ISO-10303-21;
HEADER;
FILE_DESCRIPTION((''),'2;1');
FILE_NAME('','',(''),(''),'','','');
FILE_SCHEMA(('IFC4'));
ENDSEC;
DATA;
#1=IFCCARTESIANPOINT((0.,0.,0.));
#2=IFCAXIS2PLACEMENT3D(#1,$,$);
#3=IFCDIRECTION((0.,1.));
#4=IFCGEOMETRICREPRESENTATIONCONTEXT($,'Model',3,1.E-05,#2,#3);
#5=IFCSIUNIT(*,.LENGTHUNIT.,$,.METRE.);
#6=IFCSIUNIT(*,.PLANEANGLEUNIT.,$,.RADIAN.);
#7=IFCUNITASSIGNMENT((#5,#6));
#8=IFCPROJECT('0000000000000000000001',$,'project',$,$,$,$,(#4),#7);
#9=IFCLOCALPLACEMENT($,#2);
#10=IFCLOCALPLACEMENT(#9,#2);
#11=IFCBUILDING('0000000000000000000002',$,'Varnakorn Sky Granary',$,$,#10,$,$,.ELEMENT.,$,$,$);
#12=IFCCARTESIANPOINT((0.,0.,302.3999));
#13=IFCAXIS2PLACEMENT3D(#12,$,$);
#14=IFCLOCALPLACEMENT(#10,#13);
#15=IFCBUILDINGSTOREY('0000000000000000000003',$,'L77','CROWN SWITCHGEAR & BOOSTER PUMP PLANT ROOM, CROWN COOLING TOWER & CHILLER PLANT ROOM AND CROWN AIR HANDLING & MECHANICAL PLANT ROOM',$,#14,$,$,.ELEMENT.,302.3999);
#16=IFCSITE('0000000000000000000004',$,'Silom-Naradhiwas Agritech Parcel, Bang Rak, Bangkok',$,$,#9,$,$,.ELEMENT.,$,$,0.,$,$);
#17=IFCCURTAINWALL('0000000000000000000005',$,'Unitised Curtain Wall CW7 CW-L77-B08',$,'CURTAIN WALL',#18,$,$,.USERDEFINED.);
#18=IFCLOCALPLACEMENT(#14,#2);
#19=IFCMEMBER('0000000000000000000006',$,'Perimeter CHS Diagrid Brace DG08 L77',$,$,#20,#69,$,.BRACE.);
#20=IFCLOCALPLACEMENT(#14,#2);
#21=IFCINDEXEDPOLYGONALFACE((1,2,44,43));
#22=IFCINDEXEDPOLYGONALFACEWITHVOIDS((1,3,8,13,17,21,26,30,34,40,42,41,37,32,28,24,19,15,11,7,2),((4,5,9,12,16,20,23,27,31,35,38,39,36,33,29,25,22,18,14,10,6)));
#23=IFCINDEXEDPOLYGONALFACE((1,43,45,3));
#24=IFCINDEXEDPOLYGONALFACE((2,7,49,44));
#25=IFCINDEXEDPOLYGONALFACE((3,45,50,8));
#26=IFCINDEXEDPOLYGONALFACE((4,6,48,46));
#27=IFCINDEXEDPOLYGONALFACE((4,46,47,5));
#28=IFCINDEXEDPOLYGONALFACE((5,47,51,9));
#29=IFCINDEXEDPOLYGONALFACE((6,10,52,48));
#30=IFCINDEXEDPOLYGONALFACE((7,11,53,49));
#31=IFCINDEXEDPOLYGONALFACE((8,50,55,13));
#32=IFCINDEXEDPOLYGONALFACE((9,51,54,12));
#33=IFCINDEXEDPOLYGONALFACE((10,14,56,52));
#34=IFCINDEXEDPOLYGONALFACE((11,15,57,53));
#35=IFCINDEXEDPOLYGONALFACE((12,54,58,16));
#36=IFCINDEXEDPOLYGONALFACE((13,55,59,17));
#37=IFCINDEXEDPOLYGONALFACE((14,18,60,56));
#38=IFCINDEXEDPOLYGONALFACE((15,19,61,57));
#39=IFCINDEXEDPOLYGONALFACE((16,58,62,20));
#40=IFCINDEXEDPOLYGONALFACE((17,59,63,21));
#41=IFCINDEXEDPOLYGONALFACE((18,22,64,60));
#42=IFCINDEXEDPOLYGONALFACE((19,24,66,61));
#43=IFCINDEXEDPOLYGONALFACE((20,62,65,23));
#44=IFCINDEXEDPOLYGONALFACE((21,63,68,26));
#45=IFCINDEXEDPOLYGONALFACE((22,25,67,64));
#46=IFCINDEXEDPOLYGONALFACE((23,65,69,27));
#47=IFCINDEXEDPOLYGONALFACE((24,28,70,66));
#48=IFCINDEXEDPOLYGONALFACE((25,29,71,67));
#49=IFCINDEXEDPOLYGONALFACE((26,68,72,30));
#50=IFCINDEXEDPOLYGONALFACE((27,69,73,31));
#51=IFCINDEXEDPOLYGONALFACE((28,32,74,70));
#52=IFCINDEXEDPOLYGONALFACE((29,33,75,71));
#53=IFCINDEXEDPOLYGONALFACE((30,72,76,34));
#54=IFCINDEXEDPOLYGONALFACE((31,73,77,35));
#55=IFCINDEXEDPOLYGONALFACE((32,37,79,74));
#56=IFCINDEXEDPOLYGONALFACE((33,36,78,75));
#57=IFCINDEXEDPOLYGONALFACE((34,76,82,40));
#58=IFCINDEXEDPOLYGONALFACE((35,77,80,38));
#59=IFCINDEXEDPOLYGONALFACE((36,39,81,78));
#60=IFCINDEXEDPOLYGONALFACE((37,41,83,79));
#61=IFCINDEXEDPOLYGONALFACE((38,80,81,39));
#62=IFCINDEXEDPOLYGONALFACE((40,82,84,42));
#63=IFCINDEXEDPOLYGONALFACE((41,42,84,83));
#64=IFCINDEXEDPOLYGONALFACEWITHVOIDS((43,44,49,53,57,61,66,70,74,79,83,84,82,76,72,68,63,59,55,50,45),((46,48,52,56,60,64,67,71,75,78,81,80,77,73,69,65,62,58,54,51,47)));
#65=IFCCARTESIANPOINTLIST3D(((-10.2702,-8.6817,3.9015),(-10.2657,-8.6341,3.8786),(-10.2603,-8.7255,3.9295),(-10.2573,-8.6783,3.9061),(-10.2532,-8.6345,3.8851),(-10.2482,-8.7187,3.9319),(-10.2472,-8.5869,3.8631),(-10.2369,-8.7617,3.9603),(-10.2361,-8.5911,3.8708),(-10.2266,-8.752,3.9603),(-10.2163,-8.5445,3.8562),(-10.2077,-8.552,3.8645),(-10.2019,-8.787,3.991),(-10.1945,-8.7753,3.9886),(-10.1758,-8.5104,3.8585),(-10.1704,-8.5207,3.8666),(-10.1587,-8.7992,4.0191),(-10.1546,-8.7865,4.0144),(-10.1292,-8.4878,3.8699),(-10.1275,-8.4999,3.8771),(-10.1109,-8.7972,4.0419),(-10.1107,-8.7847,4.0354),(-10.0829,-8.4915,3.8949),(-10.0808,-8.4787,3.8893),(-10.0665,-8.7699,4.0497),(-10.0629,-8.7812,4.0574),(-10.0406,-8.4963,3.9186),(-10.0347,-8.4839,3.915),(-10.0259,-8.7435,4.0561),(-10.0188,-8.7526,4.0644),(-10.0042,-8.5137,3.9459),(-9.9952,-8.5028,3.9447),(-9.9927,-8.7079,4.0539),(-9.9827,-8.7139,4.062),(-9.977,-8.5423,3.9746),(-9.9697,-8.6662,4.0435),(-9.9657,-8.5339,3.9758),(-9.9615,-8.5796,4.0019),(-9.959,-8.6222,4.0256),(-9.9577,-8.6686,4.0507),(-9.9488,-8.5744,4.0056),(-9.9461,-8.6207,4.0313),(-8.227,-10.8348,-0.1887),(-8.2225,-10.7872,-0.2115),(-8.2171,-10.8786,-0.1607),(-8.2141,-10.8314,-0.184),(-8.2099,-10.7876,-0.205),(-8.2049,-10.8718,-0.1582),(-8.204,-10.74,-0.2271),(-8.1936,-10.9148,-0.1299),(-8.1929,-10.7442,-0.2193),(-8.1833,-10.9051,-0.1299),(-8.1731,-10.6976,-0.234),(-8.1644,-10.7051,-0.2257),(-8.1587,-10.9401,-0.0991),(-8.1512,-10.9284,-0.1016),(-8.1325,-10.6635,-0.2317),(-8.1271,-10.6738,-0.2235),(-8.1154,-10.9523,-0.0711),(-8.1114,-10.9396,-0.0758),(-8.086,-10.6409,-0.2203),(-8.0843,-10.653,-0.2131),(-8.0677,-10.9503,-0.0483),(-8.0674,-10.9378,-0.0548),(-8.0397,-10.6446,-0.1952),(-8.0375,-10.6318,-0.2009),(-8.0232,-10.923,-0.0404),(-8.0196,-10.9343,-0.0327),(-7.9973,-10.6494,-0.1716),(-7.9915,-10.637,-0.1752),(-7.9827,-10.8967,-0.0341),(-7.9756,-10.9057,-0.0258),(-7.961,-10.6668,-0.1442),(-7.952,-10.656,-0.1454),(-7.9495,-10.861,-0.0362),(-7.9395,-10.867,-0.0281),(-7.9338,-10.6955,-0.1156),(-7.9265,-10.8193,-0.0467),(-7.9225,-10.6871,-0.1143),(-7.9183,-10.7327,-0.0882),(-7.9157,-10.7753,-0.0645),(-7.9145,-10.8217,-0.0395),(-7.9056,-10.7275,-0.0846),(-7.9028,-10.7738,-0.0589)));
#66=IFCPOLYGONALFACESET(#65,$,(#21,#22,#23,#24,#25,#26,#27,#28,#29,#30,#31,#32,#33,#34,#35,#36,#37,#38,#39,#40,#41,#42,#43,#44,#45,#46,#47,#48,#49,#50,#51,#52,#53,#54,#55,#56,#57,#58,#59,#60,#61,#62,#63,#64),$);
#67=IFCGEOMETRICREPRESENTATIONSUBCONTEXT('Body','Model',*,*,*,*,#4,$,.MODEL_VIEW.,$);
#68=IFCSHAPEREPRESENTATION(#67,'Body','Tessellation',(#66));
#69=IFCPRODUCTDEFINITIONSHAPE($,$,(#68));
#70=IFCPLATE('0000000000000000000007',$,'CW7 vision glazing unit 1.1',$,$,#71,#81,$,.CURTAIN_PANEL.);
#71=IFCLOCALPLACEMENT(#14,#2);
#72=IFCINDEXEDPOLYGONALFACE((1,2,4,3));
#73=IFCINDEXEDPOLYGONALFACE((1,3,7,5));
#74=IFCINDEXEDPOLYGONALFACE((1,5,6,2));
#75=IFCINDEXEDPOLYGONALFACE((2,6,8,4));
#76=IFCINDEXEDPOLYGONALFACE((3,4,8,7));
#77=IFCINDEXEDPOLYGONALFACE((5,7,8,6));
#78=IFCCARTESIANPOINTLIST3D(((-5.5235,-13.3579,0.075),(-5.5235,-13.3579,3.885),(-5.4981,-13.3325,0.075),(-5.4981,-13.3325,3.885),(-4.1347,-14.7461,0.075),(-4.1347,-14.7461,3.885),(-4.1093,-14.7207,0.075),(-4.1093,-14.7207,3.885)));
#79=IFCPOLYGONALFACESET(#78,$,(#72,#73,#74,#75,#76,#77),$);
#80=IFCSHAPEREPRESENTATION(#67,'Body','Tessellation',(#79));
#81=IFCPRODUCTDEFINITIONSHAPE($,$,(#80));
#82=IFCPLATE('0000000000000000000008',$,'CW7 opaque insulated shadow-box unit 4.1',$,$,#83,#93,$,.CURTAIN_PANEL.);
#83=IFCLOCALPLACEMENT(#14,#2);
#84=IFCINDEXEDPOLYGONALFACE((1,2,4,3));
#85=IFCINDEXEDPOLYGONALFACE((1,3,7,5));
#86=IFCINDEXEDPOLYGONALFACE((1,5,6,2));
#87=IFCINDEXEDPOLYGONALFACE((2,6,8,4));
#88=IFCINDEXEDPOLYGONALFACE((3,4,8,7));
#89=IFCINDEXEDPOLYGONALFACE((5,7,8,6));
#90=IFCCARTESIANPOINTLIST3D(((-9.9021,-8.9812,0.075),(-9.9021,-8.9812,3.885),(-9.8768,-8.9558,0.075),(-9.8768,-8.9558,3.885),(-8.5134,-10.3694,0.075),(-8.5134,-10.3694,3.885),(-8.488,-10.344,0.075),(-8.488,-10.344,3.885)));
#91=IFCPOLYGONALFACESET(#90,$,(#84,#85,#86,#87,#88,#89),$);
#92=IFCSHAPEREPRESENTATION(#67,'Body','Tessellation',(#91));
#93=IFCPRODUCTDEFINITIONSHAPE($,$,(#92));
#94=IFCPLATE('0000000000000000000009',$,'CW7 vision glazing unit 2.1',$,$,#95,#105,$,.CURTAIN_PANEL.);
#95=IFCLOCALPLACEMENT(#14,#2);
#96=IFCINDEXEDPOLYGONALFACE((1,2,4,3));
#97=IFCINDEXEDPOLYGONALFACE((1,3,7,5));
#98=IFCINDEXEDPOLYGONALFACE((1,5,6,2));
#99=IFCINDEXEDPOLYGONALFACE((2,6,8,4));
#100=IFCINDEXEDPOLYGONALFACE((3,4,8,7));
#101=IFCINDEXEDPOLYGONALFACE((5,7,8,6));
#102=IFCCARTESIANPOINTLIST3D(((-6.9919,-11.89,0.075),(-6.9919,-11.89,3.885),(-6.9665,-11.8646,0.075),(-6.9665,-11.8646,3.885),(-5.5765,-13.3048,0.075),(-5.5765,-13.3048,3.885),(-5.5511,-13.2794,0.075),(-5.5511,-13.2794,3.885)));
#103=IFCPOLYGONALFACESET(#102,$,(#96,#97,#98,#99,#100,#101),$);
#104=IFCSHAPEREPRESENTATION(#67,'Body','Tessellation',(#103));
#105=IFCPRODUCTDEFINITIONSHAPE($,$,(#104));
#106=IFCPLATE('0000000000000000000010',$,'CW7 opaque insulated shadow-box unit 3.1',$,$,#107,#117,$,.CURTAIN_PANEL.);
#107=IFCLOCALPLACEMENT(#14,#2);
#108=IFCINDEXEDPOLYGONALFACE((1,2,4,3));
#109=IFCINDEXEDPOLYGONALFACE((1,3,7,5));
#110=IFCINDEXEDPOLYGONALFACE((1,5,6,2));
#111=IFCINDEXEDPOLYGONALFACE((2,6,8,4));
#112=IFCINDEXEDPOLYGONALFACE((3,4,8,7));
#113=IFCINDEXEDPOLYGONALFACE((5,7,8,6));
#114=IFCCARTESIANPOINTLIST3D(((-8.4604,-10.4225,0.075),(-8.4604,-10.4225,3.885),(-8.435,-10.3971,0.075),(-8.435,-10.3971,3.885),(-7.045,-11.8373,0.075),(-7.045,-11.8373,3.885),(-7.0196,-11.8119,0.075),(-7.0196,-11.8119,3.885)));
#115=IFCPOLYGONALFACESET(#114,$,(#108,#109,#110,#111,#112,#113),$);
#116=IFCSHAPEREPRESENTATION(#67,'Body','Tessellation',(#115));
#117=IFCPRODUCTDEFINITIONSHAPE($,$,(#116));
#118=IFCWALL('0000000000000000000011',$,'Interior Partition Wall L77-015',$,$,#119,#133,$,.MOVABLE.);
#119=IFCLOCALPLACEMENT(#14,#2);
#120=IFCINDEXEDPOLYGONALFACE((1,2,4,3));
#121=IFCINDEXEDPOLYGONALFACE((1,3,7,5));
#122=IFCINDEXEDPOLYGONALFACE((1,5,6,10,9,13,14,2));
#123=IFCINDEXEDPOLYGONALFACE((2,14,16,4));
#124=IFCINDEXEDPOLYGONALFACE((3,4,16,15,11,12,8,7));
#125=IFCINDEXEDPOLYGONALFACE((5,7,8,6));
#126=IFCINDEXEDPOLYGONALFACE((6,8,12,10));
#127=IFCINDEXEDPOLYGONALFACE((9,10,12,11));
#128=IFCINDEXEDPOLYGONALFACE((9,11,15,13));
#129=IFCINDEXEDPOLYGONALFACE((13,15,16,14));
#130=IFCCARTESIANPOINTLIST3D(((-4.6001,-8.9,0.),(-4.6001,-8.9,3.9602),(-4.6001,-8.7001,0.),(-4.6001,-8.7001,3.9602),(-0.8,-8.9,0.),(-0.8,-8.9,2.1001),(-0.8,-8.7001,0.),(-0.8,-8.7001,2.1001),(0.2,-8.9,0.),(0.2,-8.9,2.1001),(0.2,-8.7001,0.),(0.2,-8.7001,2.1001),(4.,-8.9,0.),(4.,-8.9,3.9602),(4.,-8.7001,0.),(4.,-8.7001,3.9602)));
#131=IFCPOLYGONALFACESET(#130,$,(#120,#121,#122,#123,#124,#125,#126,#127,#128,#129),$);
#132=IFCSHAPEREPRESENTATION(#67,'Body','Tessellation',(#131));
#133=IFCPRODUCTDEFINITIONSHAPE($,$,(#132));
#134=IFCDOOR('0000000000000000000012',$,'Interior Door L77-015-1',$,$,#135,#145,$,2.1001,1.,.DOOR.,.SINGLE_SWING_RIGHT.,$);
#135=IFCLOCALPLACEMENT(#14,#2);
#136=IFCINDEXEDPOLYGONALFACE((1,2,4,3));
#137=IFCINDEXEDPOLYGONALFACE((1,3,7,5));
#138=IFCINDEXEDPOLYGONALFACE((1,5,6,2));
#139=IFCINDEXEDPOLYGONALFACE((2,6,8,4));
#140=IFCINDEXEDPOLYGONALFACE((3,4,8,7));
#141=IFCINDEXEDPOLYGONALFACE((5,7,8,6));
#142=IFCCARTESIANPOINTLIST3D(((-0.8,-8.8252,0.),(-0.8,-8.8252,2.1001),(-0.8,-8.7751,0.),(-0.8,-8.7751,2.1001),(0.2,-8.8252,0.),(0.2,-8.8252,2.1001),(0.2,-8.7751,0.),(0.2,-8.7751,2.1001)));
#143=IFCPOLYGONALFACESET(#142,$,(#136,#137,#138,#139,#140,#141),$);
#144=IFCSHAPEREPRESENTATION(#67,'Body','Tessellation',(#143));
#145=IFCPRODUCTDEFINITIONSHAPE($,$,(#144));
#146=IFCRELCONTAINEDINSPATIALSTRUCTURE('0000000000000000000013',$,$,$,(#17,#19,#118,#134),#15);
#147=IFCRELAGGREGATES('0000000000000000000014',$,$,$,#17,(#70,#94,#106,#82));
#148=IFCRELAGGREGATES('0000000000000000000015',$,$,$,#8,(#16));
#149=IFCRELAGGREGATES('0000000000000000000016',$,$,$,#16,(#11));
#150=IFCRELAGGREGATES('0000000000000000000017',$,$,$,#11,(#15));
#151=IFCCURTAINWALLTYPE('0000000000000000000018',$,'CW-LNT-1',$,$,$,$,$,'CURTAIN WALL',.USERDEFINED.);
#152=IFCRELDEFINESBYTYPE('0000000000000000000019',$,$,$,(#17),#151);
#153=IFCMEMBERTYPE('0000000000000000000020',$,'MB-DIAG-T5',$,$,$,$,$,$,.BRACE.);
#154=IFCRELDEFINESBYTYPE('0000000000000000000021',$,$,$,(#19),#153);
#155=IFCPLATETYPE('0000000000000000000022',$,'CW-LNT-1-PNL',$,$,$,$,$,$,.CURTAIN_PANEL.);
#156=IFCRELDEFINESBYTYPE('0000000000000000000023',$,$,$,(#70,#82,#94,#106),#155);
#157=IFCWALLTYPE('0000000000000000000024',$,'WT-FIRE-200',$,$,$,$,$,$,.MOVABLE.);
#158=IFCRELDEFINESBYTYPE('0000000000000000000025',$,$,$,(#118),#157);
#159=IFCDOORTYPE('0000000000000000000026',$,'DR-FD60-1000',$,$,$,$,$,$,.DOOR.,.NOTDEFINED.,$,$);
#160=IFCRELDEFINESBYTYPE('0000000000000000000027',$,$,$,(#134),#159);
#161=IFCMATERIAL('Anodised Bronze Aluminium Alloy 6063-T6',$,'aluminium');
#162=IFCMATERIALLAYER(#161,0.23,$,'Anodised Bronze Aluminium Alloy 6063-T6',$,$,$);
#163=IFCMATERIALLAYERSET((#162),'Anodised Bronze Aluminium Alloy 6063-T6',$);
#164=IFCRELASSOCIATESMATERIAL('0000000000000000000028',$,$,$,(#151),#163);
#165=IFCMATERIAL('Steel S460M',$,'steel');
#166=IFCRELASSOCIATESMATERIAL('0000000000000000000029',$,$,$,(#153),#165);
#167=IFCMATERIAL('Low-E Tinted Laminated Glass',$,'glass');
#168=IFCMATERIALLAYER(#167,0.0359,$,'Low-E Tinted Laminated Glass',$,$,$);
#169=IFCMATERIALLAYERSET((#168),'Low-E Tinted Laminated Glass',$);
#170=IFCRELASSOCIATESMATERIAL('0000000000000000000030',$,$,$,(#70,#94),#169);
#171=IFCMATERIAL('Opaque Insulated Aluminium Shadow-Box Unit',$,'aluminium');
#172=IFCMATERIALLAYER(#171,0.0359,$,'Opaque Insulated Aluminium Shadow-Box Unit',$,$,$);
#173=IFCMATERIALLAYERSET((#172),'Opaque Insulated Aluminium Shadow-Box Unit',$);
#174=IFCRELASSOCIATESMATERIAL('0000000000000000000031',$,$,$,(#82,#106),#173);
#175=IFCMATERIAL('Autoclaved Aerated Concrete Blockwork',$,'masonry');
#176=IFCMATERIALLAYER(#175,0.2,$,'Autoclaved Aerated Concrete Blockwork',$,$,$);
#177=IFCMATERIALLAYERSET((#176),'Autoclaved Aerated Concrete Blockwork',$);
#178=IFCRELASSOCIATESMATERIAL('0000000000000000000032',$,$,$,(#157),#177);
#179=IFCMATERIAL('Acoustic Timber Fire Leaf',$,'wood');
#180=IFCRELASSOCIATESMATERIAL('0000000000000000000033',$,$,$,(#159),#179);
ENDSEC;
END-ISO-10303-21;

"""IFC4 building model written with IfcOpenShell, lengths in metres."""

from ifc_helpers import new_model, si_unit, direction, frame, frame_2d, origin, origin_2d, place, context, subcontext, project, spatial, rectangle, hollow_circle, extrude, source, transform, mapped, material, layer, layer_set, material_profile, profile_set, type_object, type_shapes, element, fill, aggregate, save


model = new_model("IFC4")

# Units and contexts
model_context = context("Model", 3, precision=1e-05, world=origin(), true_north=direction((0.0, 1.0)))
body_context = subcontext(model_context, "Body", "Model", "MODEL_VIEW")
ifc_project = project(units=[si_unit("LENGTHUNIT", "METRE"), si_unit("PLANEANGLEUNIT", "RADIAN")], contexts=[model_context])

# Site, building, storey
site_placement = place(None, origin())
site = spatial("IfcSite", under=ifc_project, at=site_placement, Name="Silom-Naradhiwas Agritech Parcel, Bang Rak, Bangkok", CompositionType="ELEMENT", RefElevation=0.0)
building_placement = place(site_placement, origin())
building = spatial("IfcBuilding", under=site, at=building_placement, Name="Varnakorn Sky Granary", CompositionType="ELEMENT")
storey_placement = place(building_placement, frame((0.0, 0.0, 302.3999)))
storey = spatial("IfcBuildingStorey", under=building, at=storey_placement, Name="L77", Description="CROWN SWITCHGEAR & BOOSTER PUMP PLANT ROOM, CROWN COOLING TOWER & CHILLER PLANT ROOM AND CROWN AIR HANDLING & MECHANICAL PLANT ROOM", CompositionType="ELEMENT", Elevation=302.3999)

# Shared definitions
ifc_material_1 = material(Name="Steel S460M", Category="steel")

# Shared definitions
ifc_material_2 = material(Name="Anodised Bronze Aluminium Alloy 6063-T6", Category="aluminium")
ifc_layer_1 = layer(ifc_material_2, 0.23, Name="Anodised Bronze Aluminium Alloy 6063-T6")
ifc_layer_set_1 = layer_set([ifc_layer_1], Name="Anodised Bronze Aluminium Alloy 6063-T6")
curtain_wall_type = type_object("IfcCurtainWallType", Name="CW-LNT-1", ElementType="CURTAIN WALL", PredefinedType="USERDEFINED", material=ifc_layer_set_1)

# Curtain wall
curtain_wall_1_placement = place(storey_placement, origin())
curtain_wall_1 = element("IfcCurtainWall", 1, at=curtain_wall_1_placement, inside=storey, type_object=curtain_wall_type, Name="Unitised Curtain Wall CW7 CW-L77-B08", ObjectType="CURTAIN WALL", PredefinedType="USERDEFINED")

# Member
ifc_material_profile_1 = material_profile(ifc_material_1, hollow_circle(Radius=0.1777, WallThickness=0.0142, at=origin_2d()), Name="CHS 355.6x14")
ifc_profile_set_1 = profile_set([ifc_material_profile_1], Name="Steel S460M")
member_type_1 = type_object("IfcMemberType", Name="MB-DIAG-T5", PredefinedType="BRACE", material=ifc_profile_set_1)
member_1_placement = place(storey_placement, frame((-8.0647, -10.7925, -0.1299), z_axis=(-0.404305, 0.426045, 0.809335), x_axis=(-0.725371, -0.688358, 0.0)))
element("IfcMember", 2, at=member_1_placement, inside=storey, type_object=member_type_1, Name="Perimeter CHS Diagrid Brace DG08 L77", PredefinedType="BRACE", context=body_context, shape_type="SweptSolid", body=[
    extrude(hollow_circle(Radius=0.1777, WallThickness=0.0142, at=origin_2d()), origin(), (0.0, 0.0, 1.0), 5.0537),
])

# Plates
ifc_material_3 = material(Name="Low-E Tinted Laminated Glass", Category="glass")
ifc_layer_2 = layer(ifc_material_3, 0.0359, Name="Low-E Tinted Laminated Glass")
ifc_layer_set_2 = layer_set([ifc_layer_2], Name="Low-E Tinted Laminated Glass")
plate_type = type_object("IfcPlateType", Name="CW-LNT-1-PNL", PredefinedType="CURTAIN_PANEL")
shared_shape_1 = source(origin(), body_context, "Body", "SweptSolid", [
    extrude(rectangle(XDim=1.9636, YDim=0.0359, at=origin_2d()), origin(), (0.0, 0.0, 1.0), 3.8101),
])
plate_1_placement = place(storey_placement, frame((-4.8164, -14.0393, 0.075), z_axis=(0.0, 0.0, 1.0), x_axis=(-0.707251, 0.706962, 0.0)))
plate_1 = element("IfcPlate", 3, at=plate_1_placement, type_object=plate_type, material=ifc_layer_set_2, Name="CW7 vision glazing unit 1.1", PredefinedType="CURTAIN_PANEL", context=body_context, shape_type="MappedRepresentation", body=[
    mapped(shared_shape_1, transform((0.0, 0.0, 0.0), x_axis=(1.0, 0.0, 0.0), y_axis=(0.0, 1.0, 0.0), z_axis=(0.0, 0.0, 1.0), scale=1.0)),
])
ifc_material_4 = material(Name="Opaque Insulated Aluminium Shadow-Box Unit", Category="aluminium")
ifc_layer_3 = layer(ifc_material_4, 0.0359, Name="Opaque Insulated Aluminium Shadow-Box Unit")
ifc_layer_set_3 = layer_set([ifc_layer_3], Name="Opaque Insulated Aluminium Shadow-Box Unit")
plate_2_placement = place(storey_placement, frame((-9.1951, -9.6626, 0.075), z_axis=(0.0, 0.0, 1.0), x_axis=(-0.707251, 0.706962, 0.0)))
plate_2 = element("IfcPlate", 4, at=plate_2_placement, type_object=plate_type, material=ifc_layer_set_3, Name="CW7 opaque insulated shadow-box unit 4.1", PredefinedType="CURTAIN_PANEL", context=body_context, shape_type="MappedRepresentation", body=[
    mapped(shared_shape_1, transform((0.0, 0.0, 0.0), x_axis=(1.0, 0.0, 0.0), y_axis=(0.0, 1.0, 0.0), z_axis=(0.0, 0.0, 1.0), scale=1.0)),
])
shared_shape_2 = source(origin(), body_context, "Body", "SweptSolid", [
    extrude(rectangle(XDim=2.0012, YDim=0.0359, at=origin_2d()), origin(), (0.0, 0.0, 1.0), 3.8101),
])
type_shapes(plate_type, [shared_shape_1, shared_shape_2])
plate_3_placement = place(storey_placement, frame((-6.2715, -12.5847, 0.075), z_axis=(0.0, 0.0, 1.0), x_axis=(-0.707251, 0.706962, 0.0)))
plate_3 = element("IfcPlate", 5, at=plate_3_placement, type_object=plate_type, material=ifc_layer_set_2, Name="CW7 vision glazing unit 2.1", PredefinedType="CURTAIN_PANEL", context=body_context, shape_type="MappedRepresentation", body=[
    mapped(shared_shape_2, transform((0.0, 0.0, 0.0), x_axis=(1.0, 0.0, 0.0), y_axis=(0.0, 1.0, 0.0), z_axis=(0.0, 0.0, 1.0), scale=1.0)),
])
plate_4_placement = place(storey_placement, frame((-7.74, -11.1172, 0.075), z_axis=(0.0, 0.0, 1.0), x_axis=(-0.707251, 0.706962, 0.0)))
plate_4 = element("IfcPlate", 6, at=plate_4_placement, type_object=plate_type, material=ifc_layer_set_3, Name="CW7 opaque insulated shadow-box unit 3.1", PredefinedType="CURTAIN_PANEL", context=body_context, shape_type="MappedRepresentation", body=[
    mapped(shared_shape_2, transform((0.0, 0.0, 0.0), x_axis=(1.0, 0.0, 0.0), y_axis=(0.0, 1.0, 0.0), z_axis=(0.0, 0.0, 1.0), scale=1.0)),
])
aggregate(curtain_wall_1, [plate_1, plate_3, plate_4, plate_2])

# Wall, opening, door
ifc_material_5 = material(Name="Autoclaved Aerated Concrete Blockwork", Category="masonry")
ifc_layer_4 = layer(ifc_material_5, 0.2, Name="Autoclaved Aerated Concrete Blockwork")
ifc_layer_set_4 = layer_set([ifc_layer_4], Name="Autoclaved Aerated Concrete Blockwork")
wall_type = type_object("IfcWallType", Name="WT-FIRE-200", PredefinedType="MOVABLE", material=ifc_layer_set_4)
wall_placement = place(storey_placement, frame((-4.6001, -8.8, 0.0), z_axis=(0.0, 0.0, 1.0), x_axis=(1.0, 0.0, 0.0)))
wall = element("IfcWall", 7, at=wall_placement, inside=storey, type_object=wall_type, Name="Interior Partition Wall L77-015", PredefinedType="MOVABLE", context=body_context, shape_type="SweptSolid", body=[
    extrude(rectangle(XDim=8.6001, YDim=0.2, at=frame_2d((4.3, 0.0))), origin(), (0.0, 0.0, 1.0), 3.9602),
])
opening_placement = place(wall_placement, frame((3.8, 0.0, 0.0)))
opening = element("IfcOpeningElement", 8, at=opening_placement, cuts=wall, PredefinedType="OPENING", context=body_context, shape_type="SweptSolid", body=[
    extrude(rectangle(XDim=1.0, YDim=2.1001, at=frame_2d((0.5, 1.05))), frame((0.0, 0.1099, 0.0), z_axis=(0.0, -1.0, 0.0), x_axis=(1.0, 0.0, 0.0)), (0.0, 0.0, 1.0), 0.22),
])
ifc_material_6 = material(Name="Acoustic Timber Fire Leaf", Category="wood")
door_type = type_object("IfcDoorType", Name="DR-FD60-1000", OperationType="NOTDEFINED", PredefinedType="DOOR", material=ifc_material_6)
door_placement = place(opening_placement, origin())
door = element("IfcDoor", 9, at=door_placement, inside=storey, type_object=door_type, Name="Interior Door L77-015-1", OperationType="SINGLE_SWING_RIGHT", OverallHeight=2.1001, OverallWidth=1.0, PredefinedType="DOOR", context=body_context, shape_type="SweptSolid", body=[
    extrude(rectangle(XDim=1.0, YDim=2.1001, at=frame_2d((0.5, 1.05))), frame((0.0, 0.0249, 0.0), z_axis=(0.0, -1.0, 0.0), x_axis=(1.0, 0.0, 0.0)), (0.0, 0.0, 1.0), 0.05),
])
fill(opening, door)

save(model, "model.ifc")
